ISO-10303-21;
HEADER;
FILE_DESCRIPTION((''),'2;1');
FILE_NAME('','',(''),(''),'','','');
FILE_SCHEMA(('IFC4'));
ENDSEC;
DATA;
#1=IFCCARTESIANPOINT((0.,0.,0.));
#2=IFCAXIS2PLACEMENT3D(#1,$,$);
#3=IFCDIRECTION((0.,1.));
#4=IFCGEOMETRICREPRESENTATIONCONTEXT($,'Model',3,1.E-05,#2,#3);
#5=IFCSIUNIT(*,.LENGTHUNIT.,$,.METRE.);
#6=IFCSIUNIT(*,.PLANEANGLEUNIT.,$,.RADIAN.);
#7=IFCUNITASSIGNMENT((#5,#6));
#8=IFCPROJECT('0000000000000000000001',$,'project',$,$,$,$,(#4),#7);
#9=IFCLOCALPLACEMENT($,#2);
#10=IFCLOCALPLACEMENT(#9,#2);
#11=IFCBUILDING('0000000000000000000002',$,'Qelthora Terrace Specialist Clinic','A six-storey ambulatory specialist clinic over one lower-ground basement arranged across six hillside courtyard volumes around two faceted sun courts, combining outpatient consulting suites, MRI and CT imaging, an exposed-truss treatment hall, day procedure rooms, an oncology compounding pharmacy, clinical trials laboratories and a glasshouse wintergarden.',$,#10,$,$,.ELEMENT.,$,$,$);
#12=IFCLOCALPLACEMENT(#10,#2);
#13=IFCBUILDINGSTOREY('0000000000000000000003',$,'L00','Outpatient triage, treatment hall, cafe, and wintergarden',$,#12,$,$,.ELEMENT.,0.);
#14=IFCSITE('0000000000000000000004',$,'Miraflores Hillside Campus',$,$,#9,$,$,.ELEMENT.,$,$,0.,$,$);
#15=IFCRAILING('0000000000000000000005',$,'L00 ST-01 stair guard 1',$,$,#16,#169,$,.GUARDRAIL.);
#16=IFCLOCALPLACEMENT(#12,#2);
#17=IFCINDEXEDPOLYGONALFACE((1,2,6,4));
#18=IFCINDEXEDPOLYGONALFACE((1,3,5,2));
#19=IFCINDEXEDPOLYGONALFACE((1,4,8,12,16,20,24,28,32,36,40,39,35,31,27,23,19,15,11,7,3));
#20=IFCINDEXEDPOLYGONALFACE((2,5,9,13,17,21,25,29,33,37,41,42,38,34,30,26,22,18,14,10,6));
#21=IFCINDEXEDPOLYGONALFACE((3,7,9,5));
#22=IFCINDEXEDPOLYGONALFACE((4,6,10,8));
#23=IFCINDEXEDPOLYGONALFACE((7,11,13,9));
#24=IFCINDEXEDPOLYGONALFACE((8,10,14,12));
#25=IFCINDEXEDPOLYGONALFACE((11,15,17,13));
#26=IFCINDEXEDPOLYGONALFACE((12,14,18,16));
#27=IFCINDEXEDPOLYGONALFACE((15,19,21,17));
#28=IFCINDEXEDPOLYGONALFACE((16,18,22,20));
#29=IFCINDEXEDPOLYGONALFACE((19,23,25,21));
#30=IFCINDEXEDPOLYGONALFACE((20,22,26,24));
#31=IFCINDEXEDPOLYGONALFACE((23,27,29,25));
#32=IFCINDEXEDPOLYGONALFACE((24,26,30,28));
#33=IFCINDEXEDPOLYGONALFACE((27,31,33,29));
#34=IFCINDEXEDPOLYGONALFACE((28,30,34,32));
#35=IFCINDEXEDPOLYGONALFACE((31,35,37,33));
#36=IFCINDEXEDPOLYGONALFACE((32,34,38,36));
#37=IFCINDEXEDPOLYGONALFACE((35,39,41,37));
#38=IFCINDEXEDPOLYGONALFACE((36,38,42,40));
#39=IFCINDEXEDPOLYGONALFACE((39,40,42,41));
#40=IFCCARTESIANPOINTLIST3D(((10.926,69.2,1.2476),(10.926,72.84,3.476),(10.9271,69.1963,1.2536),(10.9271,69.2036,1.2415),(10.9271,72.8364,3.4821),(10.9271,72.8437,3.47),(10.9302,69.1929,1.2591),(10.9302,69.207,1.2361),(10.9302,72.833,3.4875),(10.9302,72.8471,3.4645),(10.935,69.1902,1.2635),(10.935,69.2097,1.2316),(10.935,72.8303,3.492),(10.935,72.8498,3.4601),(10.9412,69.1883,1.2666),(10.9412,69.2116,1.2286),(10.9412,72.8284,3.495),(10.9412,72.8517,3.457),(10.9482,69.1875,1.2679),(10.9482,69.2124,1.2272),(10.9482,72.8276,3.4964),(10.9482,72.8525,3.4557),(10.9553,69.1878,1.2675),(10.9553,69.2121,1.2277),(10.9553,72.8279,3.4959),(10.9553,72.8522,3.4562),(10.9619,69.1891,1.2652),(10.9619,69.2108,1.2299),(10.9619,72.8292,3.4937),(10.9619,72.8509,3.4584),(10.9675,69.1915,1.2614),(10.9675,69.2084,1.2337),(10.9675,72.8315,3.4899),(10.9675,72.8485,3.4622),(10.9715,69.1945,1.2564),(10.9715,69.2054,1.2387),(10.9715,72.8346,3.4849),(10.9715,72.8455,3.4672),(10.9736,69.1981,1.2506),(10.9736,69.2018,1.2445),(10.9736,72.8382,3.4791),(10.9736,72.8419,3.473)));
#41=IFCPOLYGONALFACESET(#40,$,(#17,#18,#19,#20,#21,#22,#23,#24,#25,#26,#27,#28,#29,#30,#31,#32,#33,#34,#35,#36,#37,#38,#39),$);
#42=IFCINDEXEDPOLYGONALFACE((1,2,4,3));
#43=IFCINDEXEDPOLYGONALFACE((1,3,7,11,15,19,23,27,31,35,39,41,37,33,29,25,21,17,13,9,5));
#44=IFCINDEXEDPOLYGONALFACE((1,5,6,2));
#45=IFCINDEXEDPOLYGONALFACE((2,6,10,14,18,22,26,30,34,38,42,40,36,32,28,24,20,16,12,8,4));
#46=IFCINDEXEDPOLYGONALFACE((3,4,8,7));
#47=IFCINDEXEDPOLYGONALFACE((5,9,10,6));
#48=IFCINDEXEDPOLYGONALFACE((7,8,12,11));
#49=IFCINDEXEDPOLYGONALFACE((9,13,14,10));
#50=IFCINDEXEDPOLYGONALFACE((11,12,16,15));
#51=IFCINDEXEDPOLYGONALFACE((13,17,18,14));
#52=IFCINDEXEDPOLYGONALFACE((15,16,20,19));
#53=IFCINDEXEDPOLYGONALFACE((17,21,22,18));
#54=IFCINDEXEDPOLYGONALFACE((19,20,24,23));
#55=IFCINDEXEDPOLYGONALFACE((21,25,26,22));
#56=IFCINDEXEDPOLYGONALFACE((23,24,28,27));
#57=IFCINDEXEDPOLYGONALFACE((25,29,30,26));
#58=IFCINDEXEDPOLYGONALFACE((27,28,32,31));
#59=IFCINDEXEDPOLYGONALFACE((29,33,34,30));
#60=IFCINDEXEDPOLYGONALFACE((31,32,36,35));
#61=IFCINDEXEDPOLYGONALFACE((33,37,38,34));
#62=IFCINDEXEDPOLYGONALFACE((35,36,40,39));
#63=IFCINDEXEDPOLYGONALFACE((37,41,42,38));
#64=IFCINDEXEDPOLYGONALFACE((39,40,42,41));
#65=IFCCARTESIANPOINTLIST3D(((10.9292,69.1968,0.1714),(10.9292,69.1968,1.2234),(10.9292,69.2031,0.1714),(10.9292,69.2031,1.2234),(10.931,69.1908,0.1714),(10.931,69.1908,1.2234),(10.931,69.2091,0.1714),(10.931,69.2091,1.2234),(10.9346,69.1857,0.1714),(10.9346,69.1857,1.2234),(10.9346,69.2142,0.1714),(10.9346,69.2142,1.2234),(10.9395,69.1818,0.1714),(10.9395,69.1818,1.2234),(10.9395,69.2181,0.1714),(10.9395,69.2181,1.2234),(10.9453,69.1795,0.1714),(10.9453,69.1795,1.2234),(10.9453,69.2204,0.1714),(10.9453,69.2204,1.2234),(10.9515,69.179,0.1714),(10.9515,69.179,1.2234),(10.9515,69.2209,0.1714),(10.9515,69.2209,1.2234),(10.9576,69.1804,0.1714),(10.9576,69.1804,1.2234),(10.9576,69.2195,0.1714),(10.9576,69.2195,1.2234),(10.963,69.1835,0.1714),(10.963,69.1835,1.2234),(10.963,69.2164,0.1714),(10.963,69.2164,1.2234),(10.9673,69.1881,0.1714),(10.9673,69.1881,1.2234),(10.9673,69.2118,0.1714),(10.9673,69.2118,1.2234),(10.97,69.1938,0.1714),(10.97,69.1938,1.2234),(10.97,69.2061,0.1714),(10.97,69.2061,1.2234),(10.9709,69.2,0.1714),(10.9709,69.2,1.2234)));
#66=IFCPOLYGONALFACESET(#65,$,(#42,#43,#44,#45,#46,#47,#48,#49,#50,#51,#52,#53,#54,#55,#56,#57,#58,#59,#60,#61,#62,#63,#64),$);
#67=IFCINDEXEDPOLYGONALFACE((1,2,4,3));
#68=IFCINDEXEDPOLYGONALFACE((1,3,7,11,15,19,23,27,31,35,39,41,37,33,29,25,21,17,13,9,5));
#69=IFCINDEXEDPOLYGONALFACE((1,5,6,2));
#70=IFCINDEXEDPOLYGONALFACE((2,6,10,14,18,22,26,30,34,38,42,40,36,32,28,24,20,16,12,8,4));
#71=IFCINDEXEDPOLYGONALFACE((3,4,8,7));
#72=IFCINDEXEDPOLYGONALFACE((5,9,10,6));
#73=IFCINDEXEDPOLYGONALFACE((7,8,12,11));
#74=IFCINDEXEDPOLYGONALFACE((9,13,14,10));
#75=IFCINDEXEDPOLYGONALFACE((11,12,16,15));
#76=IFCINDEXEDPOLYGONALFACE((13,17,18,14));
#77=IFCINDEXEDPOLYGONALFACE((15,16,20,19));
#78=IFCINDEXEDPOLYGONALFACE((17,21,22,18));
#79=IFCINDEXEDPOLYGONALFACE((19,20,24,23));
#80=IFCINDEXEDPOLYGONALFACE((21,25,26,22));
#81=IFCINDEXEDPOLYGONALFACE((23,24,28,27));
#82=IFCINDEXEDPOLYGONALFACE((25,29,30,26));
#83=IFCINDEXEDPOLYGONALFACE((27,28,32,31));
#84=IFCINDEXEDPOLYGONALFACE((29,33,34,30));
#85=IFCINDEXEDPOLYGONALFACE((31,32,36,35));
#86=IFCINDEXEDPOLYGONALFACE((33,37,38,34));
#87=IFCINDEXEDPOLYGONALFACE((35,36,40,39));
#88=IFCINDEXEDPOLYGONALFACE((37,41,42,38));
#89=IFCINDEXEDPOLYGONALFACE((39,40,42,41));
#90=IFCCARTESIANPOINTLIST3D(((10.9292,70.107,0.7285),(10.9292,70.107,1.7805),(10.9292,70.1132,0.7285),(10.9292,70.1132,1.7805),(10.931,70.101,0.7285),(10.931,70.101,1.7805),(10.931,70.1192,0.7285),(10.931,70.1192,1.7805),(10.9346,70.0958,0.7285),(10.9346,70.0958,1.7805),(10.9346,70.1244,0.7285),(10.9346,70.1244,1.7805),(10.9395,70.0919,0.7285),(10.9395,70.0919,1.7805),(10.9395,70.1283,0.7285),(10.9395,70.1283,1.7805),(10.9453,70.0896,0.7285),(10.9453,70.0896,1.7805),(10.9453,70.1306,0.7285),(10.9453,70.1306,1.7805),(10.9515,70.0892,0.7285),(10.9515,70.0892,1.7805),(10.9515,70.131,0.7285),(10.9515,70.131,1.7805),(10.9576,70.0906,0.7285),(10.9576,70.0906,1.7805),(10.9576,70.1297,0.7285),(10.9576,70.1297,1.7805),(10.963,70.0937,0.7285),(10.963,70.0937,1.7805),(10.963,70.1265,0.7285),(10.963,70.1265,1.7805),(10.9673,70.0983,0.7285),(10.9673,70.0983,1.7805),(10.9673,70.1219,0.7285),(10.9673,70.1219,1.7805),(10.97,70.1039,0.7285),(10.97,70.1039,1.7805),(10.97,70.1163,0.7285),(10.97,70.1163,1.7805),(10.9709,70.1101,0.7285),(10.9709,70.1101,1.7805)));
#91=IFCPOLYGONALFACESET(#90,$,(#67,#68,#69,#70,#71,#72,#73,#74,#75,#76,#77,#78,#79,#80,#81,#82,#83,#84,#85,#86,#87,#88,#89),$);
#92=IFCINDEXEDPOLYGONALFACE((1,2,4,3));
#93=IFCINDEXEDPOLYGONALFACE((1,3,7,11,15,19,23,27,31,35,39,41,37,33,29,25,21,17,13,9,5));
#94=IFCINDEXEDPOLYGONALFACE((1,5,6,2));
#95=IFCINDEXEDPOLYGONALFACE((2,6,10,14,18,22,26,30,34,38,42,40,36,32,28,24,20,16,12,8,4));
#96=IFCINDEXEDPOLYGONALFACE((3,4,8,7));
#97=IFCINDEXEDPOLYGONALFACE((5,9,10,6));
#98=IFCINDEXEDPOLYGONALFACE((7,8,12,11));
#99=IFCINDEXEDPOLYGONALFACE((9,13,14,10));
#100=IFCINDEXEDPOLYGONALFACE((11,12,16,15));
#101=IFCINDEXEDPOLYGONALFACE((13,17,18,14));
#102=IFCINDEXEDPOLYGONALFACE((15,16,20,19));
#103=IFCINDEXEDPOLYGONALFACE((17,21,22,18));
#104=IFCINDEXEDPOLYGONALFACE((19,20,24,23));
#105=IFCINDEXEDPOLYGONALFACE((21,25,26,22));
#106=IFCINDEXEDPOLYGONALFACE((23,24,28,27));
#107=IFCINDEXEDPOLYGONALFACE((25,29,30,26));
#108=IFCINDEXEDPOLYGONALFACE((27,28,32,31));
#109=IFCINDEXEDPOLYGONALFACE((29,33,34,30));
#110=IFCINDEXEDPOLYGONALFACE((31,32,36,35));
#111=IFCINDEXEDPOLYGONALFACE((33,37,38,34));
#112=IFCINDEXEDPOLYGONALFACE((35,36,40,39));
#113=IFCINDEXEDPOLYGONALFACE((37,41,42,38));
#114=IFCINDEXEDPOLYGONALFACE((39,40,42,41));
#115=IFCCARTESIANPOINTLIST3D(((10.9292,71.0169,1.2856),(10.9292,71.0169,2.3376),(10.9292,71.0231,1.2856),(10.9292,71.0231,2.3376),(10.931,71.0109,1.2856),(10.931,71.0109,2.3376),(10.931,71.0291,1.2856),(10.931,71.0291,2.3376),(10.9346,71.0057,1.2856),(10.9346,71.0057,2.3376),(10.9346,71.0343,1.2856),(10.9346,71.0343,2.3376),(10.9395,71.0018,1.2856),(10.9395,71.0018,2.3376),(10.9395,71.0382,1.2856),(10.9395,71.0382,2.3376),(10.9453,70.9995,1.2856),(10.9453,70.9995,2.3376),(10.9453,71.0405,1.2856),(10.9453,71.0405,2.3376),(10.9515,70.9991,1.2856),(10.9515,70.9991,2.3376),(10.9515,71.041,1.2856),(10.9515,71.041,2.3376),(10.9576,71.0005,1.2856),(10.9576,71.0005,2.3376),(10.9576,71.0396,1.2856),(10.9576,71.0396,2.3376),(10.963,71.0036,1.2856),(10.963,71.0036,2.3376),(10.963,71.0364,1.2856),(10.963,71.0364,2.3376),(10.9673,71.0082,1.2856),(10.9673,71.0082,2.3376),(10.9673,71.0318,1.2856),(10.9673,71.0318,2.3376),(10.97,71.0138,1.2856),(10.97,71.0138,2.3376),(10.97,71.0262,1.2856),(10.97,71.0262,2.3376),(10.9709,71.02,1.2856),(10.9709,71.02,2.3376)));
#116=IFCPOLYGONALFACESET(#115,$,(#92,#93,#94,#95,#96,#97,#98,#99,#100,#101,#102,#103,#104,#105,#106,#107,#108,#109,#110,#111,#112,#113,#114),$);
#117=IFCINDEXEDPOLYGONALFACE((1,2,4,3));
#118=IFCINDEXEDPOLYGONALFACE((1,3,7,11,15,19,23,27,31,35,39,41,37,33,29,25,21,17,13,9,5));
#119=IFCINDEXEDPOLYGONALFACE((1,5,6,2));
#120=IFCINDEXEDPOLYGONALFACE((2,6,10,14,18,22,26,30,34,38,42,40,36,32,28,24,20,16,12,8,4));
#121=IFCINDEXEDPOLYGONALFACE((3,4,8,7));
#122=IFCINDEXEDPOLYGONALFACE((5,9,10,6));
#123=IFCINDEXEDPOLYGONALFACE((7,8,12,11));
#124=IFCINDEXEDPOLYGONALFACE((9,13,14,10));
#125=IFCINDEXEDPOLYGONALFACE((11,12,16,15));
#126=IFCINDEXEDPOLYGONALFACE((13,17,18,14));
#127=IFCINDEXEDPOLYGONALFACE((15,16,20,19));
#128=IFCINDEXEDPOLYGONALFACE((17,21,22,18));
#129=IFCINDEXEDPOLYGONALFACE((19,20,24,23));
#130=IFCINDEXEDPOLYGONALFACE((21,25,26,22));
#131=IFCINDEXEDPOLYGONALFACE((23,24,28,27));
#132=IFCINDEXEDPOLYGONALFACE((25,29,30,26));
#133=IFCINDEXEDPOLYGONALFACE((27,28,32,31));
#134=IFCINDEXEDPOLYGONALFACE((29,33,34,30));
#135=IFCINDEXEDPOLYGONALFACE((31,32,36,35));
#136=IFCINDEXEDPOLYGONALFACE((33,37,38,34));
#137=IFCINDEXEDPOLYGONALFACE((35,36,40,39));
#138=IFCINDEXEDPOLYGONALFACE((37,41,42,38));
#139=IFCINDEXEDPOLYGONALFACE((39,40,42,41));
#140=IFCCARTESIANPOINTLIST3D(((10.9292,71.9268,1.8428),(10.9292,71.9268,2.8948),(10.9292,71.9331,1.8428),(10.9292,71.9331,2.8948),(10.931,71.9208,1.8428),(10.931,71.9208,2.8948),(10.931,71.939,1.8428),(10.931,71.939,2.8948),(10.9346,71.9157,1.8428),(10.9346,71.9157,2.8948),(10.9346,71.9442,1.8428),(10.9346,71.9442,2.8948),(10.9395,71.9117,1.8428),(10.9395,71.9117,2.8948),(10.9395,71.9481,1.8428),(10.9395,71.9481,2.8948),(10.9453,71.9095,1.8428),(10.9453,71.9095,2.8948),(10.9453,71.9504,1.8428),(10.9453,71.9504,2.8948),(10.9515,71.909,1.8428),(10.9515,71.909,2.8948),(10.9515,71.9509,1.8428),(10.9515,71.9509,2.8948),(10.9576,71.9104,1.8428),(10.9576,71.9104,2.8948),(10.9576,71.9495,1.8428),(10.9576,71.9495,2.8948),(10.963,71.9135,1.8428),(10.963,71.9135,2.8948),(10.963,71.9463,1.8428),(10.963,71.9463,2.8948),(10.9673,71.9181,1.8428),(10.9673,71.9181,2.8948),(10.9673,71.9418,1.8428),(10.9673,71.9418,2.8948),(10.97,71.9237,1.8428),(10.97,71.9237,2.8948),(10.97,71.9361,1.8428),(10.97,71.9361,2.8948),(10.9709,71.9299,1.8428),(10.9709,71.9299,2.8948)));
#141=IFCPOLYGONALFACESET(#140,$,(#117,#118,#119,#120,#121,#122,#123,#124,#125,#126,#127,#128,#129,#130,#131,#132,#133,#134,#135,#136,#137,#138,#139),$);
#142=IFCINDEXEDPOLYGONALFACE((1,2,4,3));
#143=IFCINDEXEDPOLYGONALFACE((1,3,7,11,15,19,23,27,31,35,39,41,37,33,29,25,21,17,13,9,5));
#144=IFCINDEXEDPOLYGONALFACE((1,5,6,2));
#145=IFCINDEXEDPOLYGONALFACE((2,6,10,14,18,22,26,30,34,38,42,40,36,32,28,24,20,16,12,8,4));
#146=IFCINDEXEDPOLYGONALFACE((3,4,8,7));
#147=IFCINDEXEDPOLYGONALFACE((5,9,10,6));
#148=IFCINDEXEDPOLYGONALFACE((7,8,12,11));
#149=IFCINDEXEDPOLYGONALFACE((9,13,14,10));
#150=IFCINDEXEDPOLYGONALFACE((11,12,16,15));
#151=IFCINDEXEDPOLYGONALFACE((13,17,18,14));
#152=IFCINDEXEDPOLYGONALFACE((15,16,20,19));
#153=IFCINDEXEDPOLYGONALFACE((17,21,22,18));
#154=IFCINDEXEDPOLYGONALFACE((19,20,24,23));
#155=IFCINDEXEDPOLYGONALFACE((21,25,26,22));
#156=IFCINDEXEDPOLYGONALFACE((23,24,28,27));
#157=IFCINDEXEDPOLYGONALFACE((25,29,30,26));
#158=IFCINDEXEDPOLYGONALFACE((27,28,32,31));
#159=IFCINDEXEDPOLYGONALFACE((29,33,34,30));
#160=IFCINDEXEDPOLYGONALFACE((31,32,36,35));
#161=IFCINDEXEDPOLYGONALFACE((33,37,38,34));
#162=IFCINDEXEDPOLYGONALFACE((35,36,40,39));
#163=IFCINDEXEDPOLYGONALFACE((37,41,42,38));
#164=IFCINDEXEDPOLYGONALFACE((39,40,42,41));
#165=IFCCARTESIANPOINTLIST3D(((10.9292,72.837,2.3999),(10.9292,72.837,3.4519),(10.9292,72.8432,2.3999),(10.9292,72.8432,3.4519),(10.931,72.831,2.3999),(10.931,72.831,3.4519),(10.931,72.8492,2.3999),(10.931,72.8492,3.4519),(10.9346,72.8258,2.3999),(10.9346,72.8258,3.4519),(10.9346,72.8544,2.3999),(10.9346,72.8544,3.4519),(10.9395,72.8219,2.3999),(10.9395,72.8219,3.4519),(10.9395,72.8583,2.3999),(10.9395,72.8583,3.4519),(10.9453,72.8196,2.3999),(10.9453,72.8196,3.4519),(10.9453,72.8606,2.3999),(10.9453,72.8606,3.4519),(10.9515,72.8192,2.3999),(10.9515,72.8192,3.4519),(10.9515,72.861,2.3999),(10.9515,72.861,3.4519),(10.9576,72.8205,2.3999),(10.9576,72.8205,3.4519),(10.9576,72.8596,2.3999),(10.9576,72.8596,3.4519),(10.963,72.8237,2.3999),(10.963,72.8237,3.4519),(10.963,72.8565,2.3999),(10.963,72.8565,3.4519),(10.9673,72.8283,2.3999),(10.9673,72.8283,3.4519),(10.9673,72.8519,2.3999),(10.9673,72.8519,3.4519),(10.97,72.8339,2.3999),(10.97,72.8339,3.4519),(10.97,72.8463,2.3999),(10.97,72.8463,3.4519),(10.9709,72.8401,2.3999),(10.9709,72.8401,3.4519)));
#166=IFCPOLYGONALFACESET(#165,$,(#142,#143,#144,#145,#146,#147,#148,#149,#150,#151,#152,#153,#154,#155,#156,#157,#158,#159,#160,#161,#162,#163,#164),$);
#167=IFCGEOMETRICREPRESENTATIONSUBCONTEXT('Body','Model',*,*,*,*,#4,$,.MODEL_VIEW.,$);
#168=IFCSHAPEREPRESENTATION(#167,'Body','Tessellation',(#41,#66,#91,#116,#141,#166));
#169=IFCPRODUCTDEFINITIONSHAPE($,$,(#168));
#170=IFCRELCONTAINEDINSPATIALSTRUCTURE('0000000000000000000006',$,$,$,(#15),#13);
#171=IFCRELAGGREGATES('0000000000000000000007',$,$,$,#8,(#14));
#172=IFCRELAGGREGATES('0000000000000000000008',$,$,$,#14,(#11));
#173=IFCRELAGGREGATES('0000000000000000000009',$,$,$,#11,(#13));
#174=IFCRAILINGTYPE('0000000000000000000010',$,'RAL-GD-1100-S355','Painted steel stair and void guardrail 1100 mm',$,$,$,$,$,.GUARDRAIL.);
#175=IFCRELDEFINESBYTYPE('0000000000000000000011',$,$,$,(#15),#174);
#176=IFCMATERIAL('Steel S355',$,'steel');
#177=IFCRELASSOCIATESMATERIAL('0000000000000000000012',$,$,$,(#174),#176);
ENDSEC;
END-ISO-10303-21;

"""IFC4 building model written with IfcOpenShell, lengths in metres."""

from ifc_helpers import new_model, si_unit, direction, frame, origin, origin_2d, place, context, subcontext, project, spatial, circle, extrude, material, type_object, element, save


model = new_model("IFC4")

# Units and contexts
model_context = context("Model", 3, precision=1e-05, world=origin(), true_north=direction((0.0, 1.0)))
body_context = subcontext(model_context, "Body", "Model", "MODEL_VIEW")
ifc_project = project(units=[si_unit("LENGTHUNIT", "METRE"), si_unit("PLANEANGLEUNIT", "RADIAN")], contexts=[model_context])

# Site, building, storey
site_placement = place(None, origin())
site = spatial("IfcSite", under=ifc_project, at=site_placement, Name="Miraflores Hillside Campus", CompositionType="ELEMENT", RefElevation=0.0)
building_placement = place(site_placement, origin())
building = spatial("IfcBuilding", under=site, at=building_placement, Name="Qelthora Terrace Specialist Clinic", Description="A six-storey ambulatory specialist clinic over one lower-ground basement arranged across six hillside courtyard volumes around two faceted sun courts, combining outpatient consulting suites, MRI and CT imaging, an exposed-truss treatment hall, day procedure rooms, an oncology compounding pharmacy, clinical trials laboratories and a glasshouse wintergarden.", CompositionType="ELEMENT")
storey_placement = place(building_placement, origin())
storey = spatial("IfcBuildingStorey", under=building, at=storey_placement, Name="L00", Description="Outpatient triage, treatment hall, cafe, and wintergarden", CompositionType="ELEMENT", Elevation=0.0)

# Shared definitions
ifc_material_1 = material(Name="Steel S355", Category="steel")

# Railing
railing_type_1 = type_object("IfcRailingType", Name="RAL-GD-1100-S355", Description="Painted steel stair and void guardrail 1100 mm", PredefinedType="GUARDRAIL", material=ifc_material_1)
railing_1_placement = place(storey_placement, frame((10.95, 69.2, 0.1714)))
element("IfcRailing", 1, at=railing_1_placement, inside=storey, type_object=railing_type_1, Name="L00 ST-01 stair guard 1", PredefinedType="GUARDRAIL", context=body_context, shape_type="SweptSolid", body=[
    extrude(circle(Radius=0.0239, at=origin_2d()), frame((0.0, 0.0, 1.0762), z_axis=(0.0, 0.852866, 0.52213), x_axis=(-1.0, 0.0, 0.0)), (0.0, 0.0, 1.0), 4.2681),
    extrude(circle(Radius=0.021, at=origin_2d()), origin(), (0.0, 0.0, 1.0), 1.052),
    extrude(circle(Radius=0.021, at=origin_2d()), frame((0.0, 0.9102, 0.5571)), (0.0, 0.0, 1.0), 1.052),
    extrude(circle(Radius=0.021, at=origin_2d()), frame((0.0, 1.8201, 1.1143)), (0.0, 0.0, 1.0), 1.052),
    extrude(circle(Radius=0.021, at=origin_2d()), frame((0.0, 2.73, 1.6714)), (0.0, 0.0, 1.0), 1.052),
    extrude(circle(Radius=0.021, at=origin_2d()), frame((0.0, 3.6401, 2.2285)), (0.0, 0.0, 1.0), 1.052),
])

save(model, "model.ifc")
